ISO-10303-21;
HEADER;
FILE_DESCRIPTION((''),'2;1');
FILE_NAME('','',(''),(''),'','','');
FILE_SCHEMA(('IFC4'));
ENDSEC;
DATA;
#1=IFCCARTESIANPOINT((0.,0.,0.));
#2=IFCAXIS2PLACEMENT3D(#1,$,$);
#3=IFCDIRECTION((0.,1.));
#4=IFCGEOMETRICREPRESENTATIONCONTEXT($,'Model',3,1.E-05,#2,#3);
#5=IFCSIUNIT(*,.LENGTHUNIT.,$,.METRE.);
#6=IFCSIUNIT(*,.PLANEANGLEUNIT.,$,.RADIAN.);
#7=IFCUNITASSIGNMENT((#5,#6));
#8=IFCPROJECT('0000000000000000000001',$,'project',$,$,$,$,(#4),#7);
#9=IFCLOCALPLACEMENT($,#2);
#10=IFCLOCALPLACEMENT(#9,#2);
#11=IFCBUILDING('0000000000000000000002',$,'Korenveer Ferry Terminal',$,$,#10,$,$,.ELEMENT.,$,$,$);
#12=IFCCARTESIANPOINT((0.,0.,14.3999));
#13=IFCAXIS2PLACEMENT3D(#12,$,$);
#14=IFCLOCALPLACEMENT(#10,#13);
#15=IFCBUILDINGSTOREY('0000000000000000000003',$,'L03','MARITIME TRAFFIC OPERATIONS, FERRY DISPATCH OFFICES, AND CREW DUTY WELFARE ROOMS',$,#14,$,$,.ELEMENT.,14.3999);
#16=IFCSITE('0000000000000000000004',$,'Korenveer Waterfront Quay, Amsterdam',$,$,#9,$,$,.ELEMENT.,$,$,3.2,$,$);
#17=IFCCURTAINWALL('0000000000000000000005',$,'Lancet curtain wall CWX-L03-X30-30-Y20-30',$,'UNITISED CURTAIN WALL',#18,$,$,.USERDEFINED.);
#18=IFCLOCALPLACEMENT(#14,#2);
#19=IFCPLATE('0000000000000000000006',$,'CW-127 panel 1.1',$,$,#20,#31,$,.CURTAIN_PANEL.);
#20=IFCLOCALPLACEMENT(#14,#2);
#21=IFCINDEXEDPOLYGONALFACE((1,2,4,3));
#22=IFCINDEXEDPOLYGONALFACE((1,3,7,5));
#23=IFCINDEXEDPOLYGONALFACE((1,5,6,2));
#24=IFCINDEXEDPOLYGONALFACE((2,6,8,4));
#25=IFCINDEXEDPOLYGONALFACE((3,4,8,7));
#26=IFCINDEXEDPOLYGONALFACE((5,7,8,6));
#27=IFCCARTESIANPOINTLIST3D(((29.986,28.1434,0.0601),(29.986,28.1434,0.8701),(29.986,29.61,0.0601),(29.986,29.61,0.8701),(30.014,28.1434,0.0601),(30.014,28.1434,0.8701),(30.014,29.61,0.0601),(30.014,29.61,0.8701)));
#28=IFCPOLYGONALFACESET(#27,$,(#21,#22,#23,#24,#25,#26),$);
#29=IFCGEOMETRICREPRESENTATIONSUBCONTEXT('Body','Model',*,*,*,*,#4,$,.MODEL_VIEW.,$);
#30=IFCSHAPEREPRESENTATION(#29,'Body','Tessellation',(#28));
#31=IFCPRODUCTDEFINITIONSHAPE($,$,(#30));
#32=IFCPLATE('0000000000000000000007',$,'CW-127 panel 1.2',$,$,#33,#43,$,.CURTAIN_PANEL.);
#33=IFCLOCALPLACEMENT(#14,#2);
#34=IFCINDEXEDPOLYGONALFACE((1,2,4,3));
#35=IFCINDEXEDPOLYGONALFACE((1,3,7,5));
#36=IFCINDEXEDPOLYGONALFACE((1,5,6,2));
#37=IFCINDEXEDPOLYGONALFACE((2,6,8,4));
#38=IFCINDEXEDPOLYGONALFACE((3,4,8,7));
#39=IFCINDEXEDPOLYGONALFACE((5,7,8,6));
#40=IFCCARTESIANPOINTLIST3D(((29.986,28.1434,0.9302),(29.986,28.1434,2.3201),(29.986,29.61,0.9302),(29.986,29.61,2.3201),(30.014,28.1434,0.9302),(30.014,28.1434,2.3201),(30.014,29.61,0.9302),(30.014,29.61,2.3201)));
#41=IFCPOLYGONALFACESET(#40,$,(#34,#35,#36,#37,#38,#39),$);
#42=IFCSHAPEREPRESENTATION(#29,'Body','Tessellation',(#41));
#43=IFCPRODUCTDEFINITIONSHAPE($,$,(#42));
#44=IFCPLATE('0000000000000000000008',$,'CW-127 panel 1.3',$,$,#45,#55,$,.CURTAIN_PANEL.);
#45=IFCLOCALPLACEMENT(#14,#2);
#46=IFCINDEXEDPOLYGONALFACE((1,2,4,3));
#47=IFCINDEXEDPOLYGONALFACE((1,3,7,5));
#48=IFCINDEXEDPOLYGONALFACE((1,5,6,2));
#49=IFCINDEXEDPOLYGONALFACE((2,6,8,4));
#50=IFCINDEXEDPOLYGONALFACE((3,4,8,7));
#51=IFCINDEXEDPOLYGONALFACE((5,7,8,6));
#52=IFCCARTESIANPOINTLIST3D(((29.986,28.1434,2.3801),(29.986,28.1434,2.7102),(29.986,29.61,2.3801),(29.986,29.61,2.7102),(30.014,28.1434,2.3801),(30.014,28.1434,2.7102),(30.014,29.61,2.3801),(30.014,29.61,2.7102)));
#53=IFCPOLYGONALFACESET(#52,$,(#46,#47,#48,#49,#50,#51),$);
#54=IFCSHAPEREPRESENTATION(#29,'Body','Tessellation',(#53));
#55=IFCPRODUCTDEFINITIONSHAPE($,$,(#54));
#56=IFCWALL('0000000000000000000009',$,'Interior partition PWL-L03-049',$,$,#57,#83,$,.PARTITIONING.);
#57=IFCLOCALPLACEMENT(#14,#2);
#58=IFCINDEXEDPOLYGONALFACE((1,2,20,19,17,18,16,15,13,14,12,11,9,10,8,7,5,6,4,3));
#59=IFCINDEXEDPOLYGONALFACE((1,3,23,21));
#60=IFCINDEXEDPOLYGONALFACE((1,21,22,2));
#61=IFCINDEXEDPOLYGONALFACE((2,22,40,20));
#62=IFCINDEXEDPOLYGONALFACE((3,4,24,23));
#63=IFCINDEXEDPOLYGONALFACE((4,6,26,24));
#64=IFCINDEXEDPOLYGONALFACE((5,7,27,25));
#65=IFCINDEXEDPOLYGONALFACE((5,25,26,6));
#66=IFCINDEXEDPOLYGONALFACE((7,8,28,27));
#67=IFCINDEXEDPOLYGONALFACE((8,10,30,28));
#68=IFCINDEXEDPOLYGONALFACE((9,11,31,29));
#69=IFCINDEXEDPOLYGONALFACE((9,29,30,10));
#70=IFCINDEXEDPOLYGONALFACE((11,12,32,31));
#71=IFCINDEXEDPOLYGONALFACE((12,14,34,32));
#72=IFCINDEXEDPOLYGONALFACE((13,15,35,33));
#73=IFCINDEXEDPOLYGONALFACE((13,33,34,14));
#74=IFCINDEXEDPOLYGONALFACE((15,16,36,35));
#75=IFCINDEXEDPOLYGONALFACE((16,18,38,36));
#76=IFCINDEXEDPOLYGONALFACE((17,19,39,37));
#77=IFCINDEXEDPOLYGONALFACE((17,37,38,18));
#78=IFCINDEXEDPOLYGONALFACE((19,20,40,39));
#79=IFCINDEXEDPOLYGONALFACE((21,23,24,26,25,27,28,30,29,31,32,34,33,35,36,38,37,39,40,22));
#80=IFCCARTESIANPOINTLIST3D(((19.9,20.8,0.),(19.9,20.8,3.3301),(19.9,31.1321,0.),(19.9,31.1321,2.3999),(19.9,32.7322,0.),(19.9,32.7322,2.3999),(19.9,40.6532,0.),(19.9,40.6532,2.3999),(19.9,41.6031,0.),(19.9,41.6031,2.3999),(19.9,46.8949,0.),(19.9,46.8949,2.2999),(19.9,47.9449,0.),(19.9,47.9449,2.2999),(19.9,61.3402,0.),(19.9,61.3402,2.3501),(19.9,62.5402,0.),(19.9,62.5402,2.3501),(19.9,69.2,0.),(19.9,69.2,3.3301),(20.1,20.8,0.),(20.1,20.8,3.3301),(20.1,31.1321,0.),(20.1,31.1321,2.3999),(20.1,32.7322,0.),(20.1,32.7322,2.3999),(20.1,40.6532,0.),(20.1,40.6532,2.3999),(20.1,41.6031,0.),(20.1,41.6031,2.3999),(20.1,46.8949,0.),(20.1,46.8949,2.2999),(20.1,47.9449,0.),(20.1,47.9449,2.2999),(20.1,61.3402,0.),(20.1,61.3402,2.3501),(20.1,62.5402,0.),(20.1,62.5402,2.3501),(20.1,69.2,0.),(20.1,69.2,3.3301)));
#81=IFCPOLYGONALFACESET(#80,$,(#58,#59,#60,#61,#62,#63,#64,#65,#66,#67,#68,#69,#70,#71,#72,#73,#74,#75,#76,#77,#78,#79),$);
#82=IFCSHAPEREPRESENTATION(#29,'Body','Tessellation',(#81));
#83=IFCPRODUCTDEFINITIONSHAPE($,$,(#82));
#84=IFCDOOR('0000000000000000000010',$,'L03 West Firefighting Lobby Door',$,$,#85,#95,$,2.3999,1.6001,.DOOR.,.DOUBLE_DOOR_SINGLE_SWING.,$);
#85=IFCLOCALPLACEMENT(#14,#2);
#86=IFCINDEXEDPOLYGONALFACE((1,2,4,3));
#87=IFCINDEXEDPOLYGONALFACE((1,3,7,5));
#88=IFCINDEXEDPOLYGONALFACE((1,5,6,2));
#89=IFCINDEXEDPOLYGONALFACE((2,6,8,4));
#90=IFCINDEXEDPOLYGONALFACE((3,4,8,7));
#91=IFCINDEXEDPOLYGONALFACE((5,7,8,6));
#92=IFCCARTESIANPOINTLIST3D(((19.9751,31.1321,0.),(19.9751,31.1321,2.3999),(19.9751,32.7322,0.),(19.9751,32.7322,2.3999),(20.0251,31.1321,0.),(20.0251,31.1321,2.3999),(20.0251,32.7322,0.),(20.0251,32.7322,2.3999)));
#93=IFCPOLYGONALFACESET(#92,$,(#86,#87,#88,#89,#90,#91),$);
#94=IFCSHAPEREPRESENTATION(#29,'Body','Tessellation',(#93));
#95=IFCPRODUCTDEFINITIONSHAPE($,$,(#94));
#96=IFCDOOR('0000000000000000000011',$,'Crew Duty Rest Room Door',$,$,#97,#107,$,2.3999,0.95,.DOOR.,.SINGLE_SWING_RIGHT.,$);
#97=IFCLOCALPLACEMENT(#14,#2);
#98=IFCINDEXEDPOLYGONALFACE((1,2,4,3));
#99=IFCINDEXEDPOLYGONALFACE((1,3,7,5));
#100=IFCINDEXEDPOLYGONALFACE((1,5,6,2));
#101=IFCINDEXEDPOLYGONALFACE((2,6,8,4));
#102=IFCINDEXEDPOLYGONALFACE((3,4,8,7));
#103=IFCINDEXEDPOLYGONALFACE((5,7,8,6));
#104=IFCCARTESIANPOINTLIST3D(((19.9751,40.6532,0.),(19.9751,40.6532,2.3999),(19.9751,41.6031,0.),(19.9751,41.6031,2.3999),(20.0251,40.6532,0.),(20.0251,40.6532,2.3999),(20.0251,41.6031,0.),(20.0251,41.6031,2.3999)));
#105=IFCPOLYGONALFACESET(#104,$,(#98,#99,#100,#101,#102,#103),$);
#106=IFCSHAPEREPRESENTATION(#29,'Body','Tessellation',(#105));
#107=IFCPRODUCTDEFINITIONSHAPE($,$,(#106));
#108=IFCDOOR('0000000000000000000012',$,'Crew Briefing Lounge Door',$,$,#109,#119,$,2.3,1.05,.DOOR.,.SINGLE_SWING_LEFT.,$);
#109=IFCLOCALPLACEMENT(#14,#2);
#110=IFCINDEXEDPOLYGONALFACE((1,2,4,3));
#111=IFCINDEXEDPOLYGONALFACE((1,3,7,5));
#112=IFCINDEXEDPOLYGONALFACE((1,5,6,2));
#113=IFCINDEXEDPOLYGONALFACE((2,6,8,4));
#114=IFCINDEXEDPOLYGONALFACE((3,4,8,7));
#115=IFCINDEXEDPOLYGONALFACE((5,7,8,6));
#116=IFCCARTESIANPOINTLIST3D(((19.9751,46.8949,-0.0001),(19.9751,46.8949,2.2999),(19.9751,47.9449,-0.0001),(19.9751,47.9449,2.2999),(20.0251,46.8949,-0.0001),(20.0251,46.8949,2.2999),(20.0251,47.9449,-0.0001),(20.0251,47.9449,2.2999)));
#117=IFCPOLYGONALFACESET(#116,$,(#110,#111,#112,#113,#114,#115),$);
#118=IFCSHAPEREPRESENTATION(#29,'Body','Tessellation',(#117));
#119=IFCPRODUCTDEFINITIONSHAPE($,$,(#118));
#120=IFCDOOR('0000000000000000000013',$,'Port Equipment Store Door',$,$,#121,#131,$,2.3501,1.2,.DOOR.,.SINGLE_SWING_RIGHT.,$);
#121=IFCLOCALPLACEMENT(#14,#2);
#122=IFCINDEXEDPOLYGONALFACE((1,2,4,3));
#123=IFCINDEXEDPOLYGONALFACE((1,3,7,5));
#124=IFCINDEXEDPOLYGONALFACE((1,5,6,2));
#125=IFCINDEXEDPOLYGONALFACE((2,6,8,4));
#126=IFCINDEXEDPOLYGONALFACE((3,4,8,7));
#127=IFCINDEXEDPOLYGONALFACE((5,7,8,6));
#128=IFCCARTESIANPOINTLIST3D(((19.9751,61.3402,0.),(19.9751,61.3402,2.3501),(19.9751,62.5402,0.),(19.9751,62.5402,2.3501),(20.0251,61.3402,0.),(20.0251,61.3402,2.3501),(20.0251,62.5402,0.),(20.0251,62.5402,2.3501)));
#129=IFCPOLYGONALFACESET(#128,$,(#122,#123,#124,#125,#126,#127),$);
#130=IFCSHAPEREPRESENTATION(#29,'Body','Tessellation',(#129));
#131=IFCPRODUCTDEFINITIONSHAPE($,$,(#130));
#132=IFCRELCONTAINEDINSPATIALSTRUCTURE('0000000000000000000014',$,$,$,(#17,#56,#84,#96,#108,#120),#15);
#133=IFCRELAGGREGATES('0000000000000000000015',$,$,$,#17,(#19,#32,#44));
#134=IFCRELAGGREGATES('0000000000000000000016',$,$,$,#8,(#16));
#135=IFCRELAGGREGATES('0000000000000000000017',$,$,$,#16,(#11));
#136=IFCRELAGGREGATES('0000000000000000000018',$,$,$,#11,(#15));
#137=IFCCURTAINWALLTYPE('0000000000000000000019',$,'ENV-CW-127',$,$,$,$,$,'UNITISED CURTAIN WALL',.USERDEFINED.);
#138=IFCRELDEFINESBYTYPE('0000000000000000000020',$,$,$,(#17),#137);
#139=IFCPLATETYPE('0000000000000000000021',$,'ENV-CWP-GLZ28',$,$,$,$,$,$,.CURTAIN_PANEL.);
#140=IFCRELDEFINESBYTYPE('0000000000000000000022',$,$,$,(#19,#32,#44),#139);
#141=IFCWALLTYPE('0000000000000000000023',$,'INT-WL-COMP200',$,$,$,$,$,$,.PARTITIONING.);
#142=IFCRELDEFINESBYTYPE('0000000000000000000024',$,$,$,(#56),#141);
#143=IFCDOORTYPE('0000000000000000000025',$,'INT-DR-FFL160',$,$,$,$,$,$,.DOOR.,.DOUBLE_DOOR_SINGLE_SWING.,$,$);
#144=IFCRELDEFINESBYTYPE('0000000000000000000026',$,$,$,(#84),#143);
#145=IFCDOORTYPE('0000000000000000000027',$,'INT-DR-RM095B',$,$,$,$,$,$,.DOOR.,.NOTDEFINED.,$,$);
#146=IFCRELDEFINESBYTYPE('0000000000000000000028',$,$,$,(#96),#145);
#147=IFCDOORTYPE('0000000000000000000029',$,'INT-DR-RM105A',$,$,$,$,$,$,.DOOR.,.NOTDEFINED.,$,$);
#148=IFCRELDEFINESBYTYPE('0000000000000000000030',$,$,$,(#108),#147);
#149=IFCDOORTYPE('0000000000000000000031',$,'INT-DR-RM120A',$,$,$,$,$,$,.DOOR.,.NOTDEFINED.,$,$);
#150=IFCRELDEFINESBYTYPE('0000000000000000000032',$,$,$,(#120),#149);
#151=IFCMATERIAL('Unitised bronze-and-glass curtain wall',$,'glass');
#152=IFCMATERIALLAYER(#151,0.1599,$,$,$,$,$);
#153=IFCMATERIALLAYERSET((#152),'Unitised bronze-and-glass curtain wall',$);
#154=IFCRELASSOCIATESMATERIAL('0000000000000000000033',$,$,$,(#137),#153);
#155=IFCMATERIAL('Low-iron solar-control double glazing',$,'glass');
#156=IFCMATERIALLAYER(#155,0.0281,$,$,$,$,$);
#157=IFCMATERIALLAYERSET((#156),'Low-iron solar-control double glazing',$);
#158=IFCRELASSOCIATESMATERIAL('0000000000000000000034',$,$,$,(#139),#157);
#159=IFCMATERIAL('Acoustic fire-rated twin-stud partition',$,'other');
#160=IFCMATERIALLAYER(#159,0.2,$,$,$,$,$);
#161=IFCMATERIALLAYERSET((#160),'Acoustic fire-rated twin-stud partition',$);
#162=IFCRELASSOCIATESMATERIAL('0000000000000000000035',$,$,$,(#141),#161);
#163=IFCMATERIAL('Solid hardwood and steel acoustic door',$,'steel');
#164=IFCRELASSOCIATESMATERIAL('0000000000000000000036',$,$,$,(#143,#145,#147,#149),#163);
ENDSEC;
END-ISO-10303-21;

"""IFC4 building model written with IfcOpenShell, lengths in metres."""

from ifc_helpers import new_model, si_unit, direction, frame, frame_2d, origin, origin_2d, place, context, subcontext, project, spatial, rectangle, extrude, material, layer, layer_set, type_object, element, fill, aggregate, save


model = new_model("IFC4")

# Units and contexts
model_context = context("Model", 3, precision=1e-05, world=origin(), true_north=direction((0.0, 1.0)))
body_context = subcontext(model_context, "Body", "Model", "MODEL_VIEW")
ifc_project = project(units=[si_unit("LENGTHUNIT", "METRE"), si_unit("PLANEANGLEUNIT", "RADIAN")], contexts=[model_context])

# Site, building, storey
site_placement = place(None, origin())
site = spatial("IfcSite", under=ifc_project, at=site_placement, Name="Korenveer Waterfront Quay, Amsterdam", CompositionType="ELEMENT", RefElevation=3.2)
building_placement = place(site_placement, origin())
building = spatial("IfcBuilding", under=site, at=building_placement, Name="Korenveer Ferry Terminal", CompositionType="ELEMENT")
storey_placement = place(building_placement, frame((0.0, 0.0, 14.3999)))
storey = spatial("IfcBuildingStorey", under=building, at=storey_placement, Name="L03", Description="MARITIME TRAFFIC OPERATIONS, FERRY DISPATCH OFFICES, AND CREW DUTY WELFARE ROOMS", CompositionType="ELEMENT", Elevation=14.3999)

# Curtain wall, plates
ifc_material_1 = material(Name="Unitised bronze-and-glass curtain wall", Category="glass")
ifc_layer_1 = layer(ifc_material_1, 0.1599)
ifc_layer_set_1 = layer_set([ifc_layer_1], Name="Unitised bronze-and-glass curtain wall")
curtain_wall_type = type_object("IfcCurtainWallType", Name="ENV-CW-127", ElementType="UNITISED CURTAIN WALL", PredefinedType="USERDEFINED", material=ifc_layer_set_1)
curtain_wall_placement = place(storey_placement, frame((30.0, 29.6699, 0.0)))
curtain_wall = element("IfcCurtainWall", 1, at=curtain_wall_placement, inside=storey, type_object=curtain_wall_type, Name="Lancet curtain wall CWX-L03-X30-30-Y20-30", ObjectType="UNITISED CURTAIN WALL", PredefinedType="USERDEFINED")
ifc_material_2 = material(Name="Low-iron solar-control double glazing", Category="glass")
ifc_layer_2 = layer(ifc_material_2, 0.0281)
ifc_layer_set_2 = layer_set([ifc_layer_2], Name="Low-iron solar-control double glazing")
plate_type = type_object("IfcPlateType", Name="ENV-CWP-GLZ28", PredefinedType="CURTAIN_PANEL", material=ifc_layer_set_2)
plate_1_placement = place(storey_placement, frame((30.0, 28.8767, 0.0601), z_axis=(0.0, 0.0, 1.0), x_axis=(0.0, -1.0, 0.0)))
plate_1 = element("IfcPlate", 2, at=plate_1_placement, type_object=plate_type, Name="CW-127 panel 1.1", PredefinedType="CURTAIN_PANEL", context=body_context, shape_type="SweptSolid", body=[
    extrude(rectangle(XDim=1.4666, YDim=0.0281, at=origin_2d()), origin(), (0.0, 0.0, 1.0), 0.8101),
])
plate_2_placement = place(storey_placement, frame((30.0, 28.8767, 0.9302), z_axis=(0.0, 0.0, 1.0), x_axis=(0.0, -1.0, 0.0)))
plate_2 = element("IfcPlate", 3, at=plate_2_placement, type_object=plate_type, Name="CW-127 panel 1.2", PredefinedType="CURTAIN_PANEL", context=body_context, shape_type="SweptSolid", body=[
    extrude(rectangle(XDim=1.4666, YDim=0.0281, at=origin_2d()), origin(), (0.0, 0.0, 1.0), 1.3899),
])
plate_3_placement = place(storey_placement, frame((30.0, 28.8767, 2.3801), z_axis=(0.0, 0.0, 1.0), x_axis=(0.0, -1.0, 0.0)))
plate_3 = element("IfcPlate", 4, at=plate_3_placement, type_object=plate_type, Name="CW-127 panel 1.3", PredefinedType="CURTAIN_PANEL", context=body_context, shape_type="SweptSolid", body=[
    extrude(rectangle(XDim=1.4666, YDim=0.0281, at=origin_2d()), origin(), (0.0, 0.0, 1.0), 0.3301),
])
aggregate(curtain_wall, [plate_1, plate_2, plate_3])

# Wall, openings, doors
ifc_material_3 = material(Name="Acoustic fire-rated twin-stud partition", Category="other")
ifc_layer_3 = layer(ifc_material_3, 0.2)
ifc_layer_set_3 = layer_set([ifc_layer_3], Name="Acoustic fire-rated twin-stud partition")
wall_type_1 = type_object("IfcWallType", Name="INT-WL-COMP200", PredefinedType="PARTITIONING", material=ifc_layer_set_3)
wall_1_placement = place(storey_placement, frame((20.0, 20.8, 0.0), z_axis=(0.0, 0.0, 1.0), x_axis=(0.0, 1.0, 0.0)))
wall_1 = element("IfcWall", 5, at=wall_1_placement, inside=storey, type_object=wall_type_1, Name="Interior partition PWL-L03-049", PredefinedType="PARTITIONING", context=body_context, shape_type="SweptSolid", body=[
    extrude(rectangle(XDim=48.3999, YDim=0.2, at=frame_2d((24.2, 0.0))), origin(), (0.0, 0.0, 1.0), 3.3301),
])
opening_1_placement = place(wall_1_placement, frame((10.332, 0.0, 0.0)))
opening_1 = element("IfcOpeningElement", 6, at=opening_1_placement, cuts=wall_1, PredefinedType="OPENING", context=body_context, shape_type="SweptSolid", body=[
    extrude(rectangle(XDim=1.6001, YDim=2.3999, at=frame_2d((0.8, 1.2))), frame((0.0, 0.1099, 0.0), z_axis=(0.0, -1.0, 0.0), x_axis=(1.0, 0.0, 0.0)), (0.0, 0.0, 1.0), 0.22),
])
opening_2_placement = place(wall_1_placement, frame((19.853, 0.0, 0.0)))
opening_2 = element("IfcOpeningElement", 7, at=opening_2_placement, cuts=wall_1, PredefinedType="OPENING", context=body_context, shape_type="SweptSolid", body=[
    extrude(rectangle(XDim=0.95, YDim=2.3999, at=frame_2d((0.4751, 1.2))), frame((0.0, 0.1099, 0.0), z_axis=(0.0, -1.0, 0.0), x_axis=(1.0, 0.0, 0.0)), (0.0, 0.0, 1.0), 0.22),
])
opening_3_placement = place(wall_1_placement, frame((26.095, 0.0, 0.0)))
opening_3 = element("IfcOpeningElement", 8, at=opening_3_placement, cuts=wall_1, PredefinedType="OPENING", context=body_context, shape_type="SweptSolid", body=[
    extrude(rectangle(XDim=1.05, YDim=2.3, at=frame_2d((0.5249, 1.1499))), frame((0.0, 0.1099, 0.0), z_axis=(0.0, -1.0, 0.0), x_axis=(1.0, 0.0, 0.0)), (0.0, 0.0, 1.0), 0.22),
])
opening_4_placement = place(wall_1_placement, frame((40.54, 0.0, 0.0)))
opening_4 = element("IfcOpeningElement", 9, at=opening_4_placement, cuts=wall_1, PredefinedType="OPENING", context=body_context, shape_type="SweptSolid", body=[
    extrude(rectangle(XDim=1.2, YDim=2.3501, at=frame_2d((0.6001, 1.175))), frame((0.0, 0.1099, 0.0), z_axis=(0.0, -1.0, 0.0), x_axis=(1.0, 0.0, 0.0)), (0.0, 0.0, 1.0), 0.22),
])
ifc_material_4 = material(Name="Solid hardwood and steel acoustic door", Category="steel")
door_type_1 = type_object("IfcDoorType", Name="INT-DR-FFL160", OperationType="DOUBLE_DOOR_SINGLE_SWING", PredefinedType="DOOR", material=ifc_material_4)
door_1_placement = place(opening_1_placement, origin())
door_1 = element("IfcDoor", 10, at=door_1_placement, inside=storey, type_object=door_type_1, Name="L03 West Firefighting Lobby Door", OperationType="DOUBLE_DOOR_SINGLE_SWING", OverallHeight=2.3999, OverallWidth=1.6001, PredefinedType="DOOR", context=body_context, shape_type="SweptSolid", body=[
    extrude(rectangle(XDim=1.6001, YDim=2.3999, at=frame_2d((0.8, 1.2))), frame((0.0, 0.0249, 0.0), z_axis=(0.0, -1.0, 0.0), x_axis=(1.0, 0.0, 0.0)), (0.0, 0.0, 1.0), 0.05),
])
fill(opening_1, door_1)
door_type_2 = type_object("IfcDoorType", Name="INT-DR-RM095B", OperationType="NOTDEFINED", PredefinedType="DOOR", material=ifc_material_4)
door_2_placement = place(opening_2_placement, origin())
door_2 = element("IfcDoor", 11, at=door_2_placement, inside=storey, type_object=door_type_2, Name="Crew Duty Rest Room Door", OperationType="SINGLE_SWING_RIGHT", OverallHeight=2.3999, OverallWidth=0.95, PredefinedType="DOOR", context=body_context, shape_type="SweptSolid", body=[
    extrude(rectangle(XDim=0.95, YDim=2.3999, at=frame_2d((0.4751, 1.2))), frame((0.0, 0.0249, 0.0), z_axis=(0.0, -1.0, 0.0), x_axis=(1.0, 0.0, 0.0)), (0.0, 0.0, 1.0), 0.05),
])
fill(opening_2, door_2)
door_type_3 = type_object("IfcDoorType", Name="INT-DR-RM105A", OperationType="NOTDEFINED", PredefinedType="DOOR", material=ifc_material_4)
door_3_placement = place(opening_3_placement, origin())
door_3 = element("IfcDoor", 12, at=door_3_placement, inside=storey, type_object=door_type_3, Name="Crew Briefing Lounge Door", OperationType="SINGLE_SWING_LEFT", OverallHeight=2.3, OverallWidth=1.05, PredefinedType="DOOR", context=body_context, shape_type="SweptSolid", body=[
    extrude(rectangle(XDim=1.05, YDim=2.3, at=frame_2d((0.5249, 1.1499))), frame((0.0, 0.0249, 0.0), z_axis=(0.0, -1.0, 0.0), x_axis=(1.0, 0.0, 0.0)), (0.0, 0.0, 1.0), 0.05),
])
fill(opening_3, door_3)
door_type_4 = type_object("IfcDoorType", Name="INT-DR-RM120A", OperationType="NOTDEFINED", PredefinedType="DOOR", material=ifc_material_4)
door_4_placement = place(opening_4_placement, origin())
door_4 = element("IfcDoor", 13, at=door_4_placement, inside=storey, type_object=door_type_4, Name="Port Equipment Store Door", OperationType="SINGLE_SWING_RIGHT", OverallHeight=2.3501, OverallWidth=1.2, PredefinedType="DOOR", context=body_context, shape_type="SweptSolid", body=[
    extrude(rectangle(XDim=1.2, YDim=2.3501, at=frame_2d((0.6001, 1.175))), frame((0.0, 0.0249, 0.0), z_axis=(0.0, -1.0, 0.0), x_axis=(1.0, 0.0, 0.0)), (0.0, 0.0, 1.0), 0.05),
])
fill(opening_4, door_4)

save(model, "model.ifc")
